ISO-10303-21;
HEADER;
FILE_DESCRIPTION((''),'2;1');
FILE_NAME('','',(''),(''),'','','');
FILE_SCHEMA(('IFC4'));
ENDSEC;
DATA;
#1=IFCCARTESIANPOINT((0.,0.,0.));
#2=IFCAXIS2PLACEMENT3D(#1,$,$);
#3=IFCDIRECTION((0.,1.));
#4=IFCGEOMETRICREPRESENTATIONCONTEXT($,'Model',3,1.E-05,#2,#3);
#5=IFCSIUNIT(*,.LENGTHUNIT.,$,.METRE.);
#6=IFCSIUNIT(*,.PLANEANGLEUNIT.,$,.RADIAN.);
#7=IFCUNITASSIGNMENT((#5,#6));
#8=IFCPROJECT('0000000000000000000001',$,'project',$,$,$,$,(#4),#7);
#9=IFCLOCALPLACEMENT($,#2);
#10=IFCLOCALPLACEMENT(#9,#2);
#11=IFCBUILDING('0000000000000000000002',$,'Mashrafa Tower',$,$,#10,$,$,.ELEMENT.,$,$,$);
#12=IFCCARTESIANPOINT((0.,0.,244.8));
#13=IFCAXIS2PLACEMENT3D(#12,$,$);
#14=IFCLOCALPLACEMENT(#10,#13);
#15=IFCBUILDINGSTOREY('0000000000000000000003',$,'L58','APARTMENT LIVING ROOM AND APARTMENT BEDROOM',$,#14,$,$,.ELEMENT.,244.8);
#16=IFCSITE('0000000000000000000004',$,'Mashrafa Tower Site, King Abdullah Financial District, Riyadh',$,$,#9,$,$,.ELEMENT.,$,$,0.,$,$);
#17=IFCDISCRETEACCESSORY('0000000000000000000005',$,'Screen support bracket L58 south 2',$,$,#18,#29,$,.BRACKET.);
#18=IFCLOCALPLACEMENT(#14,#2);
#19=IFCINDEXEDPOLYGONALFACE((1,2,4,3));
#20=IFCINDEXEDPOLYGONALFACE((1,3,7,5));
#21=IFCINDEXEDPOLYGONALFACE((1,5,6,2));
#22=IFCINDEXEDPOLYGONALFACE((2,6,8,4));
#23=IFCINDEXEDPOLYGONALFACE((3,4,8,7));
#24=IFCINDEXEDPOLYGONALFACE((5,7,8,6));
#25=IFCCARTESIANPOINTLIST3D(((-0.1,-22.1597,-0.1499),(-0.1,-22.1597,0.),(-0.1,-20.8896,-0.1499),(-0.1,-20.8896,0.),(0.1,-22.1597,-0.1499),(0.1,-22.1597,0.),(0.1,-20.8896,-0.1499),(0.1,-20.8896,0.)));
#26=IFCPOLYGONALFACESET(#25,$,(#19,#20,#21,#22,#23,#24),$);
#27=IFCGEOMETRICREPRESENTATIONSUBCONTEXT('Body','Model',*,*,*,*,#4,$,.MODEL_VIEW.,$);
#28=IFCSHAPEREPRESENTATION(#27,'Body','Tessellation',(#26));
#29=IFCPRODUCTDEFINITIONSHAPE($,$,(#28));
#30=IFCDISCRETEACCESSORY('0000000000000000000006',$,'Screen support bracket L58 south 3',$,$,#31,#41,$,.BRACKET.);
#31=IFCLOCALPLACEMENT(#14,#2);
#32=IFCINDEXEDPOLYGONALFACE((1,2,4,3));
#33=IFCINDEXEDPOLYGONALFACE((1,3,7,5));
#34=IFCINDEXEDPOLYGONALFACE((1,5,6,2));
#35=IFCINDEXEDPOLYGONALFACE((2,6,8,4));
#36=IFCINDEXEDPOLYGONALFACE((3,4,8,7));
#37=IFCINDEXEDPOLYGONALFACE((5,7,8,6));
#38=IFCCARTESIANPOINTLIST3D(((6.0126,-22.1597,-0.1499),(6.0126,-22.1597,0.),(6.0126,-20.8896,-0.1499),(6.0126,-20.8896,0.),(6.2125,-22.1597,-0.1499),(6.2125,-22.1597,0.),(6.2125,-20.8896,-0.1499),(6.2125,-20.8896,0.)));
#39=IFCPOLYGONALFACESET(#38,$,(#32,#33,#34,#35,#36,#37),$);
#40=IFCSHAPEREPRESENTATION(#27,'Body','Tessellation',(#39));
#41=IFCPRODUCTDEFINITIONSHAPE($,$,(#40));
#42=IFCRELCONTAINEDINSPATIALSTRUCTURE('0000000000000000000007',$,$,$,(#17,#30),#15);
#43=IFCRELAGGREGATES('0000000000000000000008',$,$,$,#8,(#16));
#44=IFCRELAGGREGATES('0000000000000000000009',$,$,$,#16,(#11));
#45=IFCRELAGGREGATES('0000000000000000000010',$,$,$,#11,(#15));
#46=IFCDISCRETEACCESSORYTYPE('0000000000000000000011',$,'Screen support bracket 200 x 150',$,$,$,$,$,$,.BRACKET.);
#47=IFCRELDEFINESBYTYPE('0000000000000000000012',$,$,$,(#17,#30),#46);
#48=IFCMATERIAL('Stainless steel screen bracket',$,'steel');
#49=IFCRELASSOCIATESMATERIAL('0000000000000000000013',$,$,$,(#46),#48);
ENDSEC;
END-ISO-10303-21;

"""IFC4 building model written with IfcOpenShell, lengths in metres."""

from ifc_helpers import new_model, si_unit, direction, frame, origin, origin_2d, place, context, subcontext, project, spatial, rectangle, extrude, source, transform, mapped, material, type_object, type_shapes, element, save


model = new_model("IFC4")

# Units and contexts
model_context = context("Model", 3, precision=1e-05, world=origin(), true_north=direction((0.0, 1.0)))
body_context = subcontext(model_context, "Body", "Model", "MODEL_VIEW")
ifc_project = project(units=[si_unit("LENGTHUNIT", "METRE"), si_unit("PLANEANGLEUNIT", "RADIAN")], contexts=[model_context])

# Site, building, storey
site_placement = place(None, origin())
site = spatial("IfcSite", under=ifc_project, at=site_placement, Name="Mashrafa Tower Site, King Abdullah Financial District, Riyadh", CompositionType="ELEMENT", RefElevation=0.0)
building_placement = place(site_placement, origin())
building = spatial("IfcBuilding", under=site, at=building_placement, Name="Mashrafa Tower", CompositionType="ELEMENT")
storey_placement = place(building_placement, frame((0.0, 0.0, 244.8)))
storey = spatial("IfcBuildingStorey", under=building, at=storey_placement, Name="L58", Description="APARTMENT LIVING ROOM AND APARTMENT BEDROOM", CompositionType="ELEMENT", Elevation=244.8)

# Discrete accessories
ifc_material_1 = material(Name="Stainless steel screen bracket", Category="steel")
discrete_accessory_type = type_object("IfcDiscreteAccessoryType", Name="Screen support bracket 200 x 150", PredefinedType="BRACKET", material=ifc_material_1)
shared_shape_1 = source(origin(), body_context, "Body", "SweptSolid", [
    extrude(rectangle(XDim=0.2, YDim=1.27, at=origin_2d()), origin(), (0.0, 0.0, 1.0), 0.1499),
])
type_shapes(discrete_accessory_type, [shared_shape_1])
for number, where, z_axis, x_axis, name in (
    (1, (0.0, -21.5247, -0.1499), (0.0, 0.0, 1.0), (1.0, 0.0, 0.0), "Screen support bracket L58 south 2"),
    (2, (6.1125, -21.5247, -0.1499), (0.0, 0.0, 1.0), (1.0, 0.0, 0.0), "Screen support bracket L58 south 3"),
):
    element("IfcDiscreteAccessory", number, at=place(storey_placement, frame(where, z_axis=z_axis, x_axis=x_axis)), inside=storey, type_object=discrete_accessory_type, Name=name, PredefinedType="BRACKET", context=body_context, shape_type="MappedRepresentation", body=[
        mapped(shared_shape_1, transform((0.0, 0.0, 0.0))),
    ])

save(model, "model.ifc")
